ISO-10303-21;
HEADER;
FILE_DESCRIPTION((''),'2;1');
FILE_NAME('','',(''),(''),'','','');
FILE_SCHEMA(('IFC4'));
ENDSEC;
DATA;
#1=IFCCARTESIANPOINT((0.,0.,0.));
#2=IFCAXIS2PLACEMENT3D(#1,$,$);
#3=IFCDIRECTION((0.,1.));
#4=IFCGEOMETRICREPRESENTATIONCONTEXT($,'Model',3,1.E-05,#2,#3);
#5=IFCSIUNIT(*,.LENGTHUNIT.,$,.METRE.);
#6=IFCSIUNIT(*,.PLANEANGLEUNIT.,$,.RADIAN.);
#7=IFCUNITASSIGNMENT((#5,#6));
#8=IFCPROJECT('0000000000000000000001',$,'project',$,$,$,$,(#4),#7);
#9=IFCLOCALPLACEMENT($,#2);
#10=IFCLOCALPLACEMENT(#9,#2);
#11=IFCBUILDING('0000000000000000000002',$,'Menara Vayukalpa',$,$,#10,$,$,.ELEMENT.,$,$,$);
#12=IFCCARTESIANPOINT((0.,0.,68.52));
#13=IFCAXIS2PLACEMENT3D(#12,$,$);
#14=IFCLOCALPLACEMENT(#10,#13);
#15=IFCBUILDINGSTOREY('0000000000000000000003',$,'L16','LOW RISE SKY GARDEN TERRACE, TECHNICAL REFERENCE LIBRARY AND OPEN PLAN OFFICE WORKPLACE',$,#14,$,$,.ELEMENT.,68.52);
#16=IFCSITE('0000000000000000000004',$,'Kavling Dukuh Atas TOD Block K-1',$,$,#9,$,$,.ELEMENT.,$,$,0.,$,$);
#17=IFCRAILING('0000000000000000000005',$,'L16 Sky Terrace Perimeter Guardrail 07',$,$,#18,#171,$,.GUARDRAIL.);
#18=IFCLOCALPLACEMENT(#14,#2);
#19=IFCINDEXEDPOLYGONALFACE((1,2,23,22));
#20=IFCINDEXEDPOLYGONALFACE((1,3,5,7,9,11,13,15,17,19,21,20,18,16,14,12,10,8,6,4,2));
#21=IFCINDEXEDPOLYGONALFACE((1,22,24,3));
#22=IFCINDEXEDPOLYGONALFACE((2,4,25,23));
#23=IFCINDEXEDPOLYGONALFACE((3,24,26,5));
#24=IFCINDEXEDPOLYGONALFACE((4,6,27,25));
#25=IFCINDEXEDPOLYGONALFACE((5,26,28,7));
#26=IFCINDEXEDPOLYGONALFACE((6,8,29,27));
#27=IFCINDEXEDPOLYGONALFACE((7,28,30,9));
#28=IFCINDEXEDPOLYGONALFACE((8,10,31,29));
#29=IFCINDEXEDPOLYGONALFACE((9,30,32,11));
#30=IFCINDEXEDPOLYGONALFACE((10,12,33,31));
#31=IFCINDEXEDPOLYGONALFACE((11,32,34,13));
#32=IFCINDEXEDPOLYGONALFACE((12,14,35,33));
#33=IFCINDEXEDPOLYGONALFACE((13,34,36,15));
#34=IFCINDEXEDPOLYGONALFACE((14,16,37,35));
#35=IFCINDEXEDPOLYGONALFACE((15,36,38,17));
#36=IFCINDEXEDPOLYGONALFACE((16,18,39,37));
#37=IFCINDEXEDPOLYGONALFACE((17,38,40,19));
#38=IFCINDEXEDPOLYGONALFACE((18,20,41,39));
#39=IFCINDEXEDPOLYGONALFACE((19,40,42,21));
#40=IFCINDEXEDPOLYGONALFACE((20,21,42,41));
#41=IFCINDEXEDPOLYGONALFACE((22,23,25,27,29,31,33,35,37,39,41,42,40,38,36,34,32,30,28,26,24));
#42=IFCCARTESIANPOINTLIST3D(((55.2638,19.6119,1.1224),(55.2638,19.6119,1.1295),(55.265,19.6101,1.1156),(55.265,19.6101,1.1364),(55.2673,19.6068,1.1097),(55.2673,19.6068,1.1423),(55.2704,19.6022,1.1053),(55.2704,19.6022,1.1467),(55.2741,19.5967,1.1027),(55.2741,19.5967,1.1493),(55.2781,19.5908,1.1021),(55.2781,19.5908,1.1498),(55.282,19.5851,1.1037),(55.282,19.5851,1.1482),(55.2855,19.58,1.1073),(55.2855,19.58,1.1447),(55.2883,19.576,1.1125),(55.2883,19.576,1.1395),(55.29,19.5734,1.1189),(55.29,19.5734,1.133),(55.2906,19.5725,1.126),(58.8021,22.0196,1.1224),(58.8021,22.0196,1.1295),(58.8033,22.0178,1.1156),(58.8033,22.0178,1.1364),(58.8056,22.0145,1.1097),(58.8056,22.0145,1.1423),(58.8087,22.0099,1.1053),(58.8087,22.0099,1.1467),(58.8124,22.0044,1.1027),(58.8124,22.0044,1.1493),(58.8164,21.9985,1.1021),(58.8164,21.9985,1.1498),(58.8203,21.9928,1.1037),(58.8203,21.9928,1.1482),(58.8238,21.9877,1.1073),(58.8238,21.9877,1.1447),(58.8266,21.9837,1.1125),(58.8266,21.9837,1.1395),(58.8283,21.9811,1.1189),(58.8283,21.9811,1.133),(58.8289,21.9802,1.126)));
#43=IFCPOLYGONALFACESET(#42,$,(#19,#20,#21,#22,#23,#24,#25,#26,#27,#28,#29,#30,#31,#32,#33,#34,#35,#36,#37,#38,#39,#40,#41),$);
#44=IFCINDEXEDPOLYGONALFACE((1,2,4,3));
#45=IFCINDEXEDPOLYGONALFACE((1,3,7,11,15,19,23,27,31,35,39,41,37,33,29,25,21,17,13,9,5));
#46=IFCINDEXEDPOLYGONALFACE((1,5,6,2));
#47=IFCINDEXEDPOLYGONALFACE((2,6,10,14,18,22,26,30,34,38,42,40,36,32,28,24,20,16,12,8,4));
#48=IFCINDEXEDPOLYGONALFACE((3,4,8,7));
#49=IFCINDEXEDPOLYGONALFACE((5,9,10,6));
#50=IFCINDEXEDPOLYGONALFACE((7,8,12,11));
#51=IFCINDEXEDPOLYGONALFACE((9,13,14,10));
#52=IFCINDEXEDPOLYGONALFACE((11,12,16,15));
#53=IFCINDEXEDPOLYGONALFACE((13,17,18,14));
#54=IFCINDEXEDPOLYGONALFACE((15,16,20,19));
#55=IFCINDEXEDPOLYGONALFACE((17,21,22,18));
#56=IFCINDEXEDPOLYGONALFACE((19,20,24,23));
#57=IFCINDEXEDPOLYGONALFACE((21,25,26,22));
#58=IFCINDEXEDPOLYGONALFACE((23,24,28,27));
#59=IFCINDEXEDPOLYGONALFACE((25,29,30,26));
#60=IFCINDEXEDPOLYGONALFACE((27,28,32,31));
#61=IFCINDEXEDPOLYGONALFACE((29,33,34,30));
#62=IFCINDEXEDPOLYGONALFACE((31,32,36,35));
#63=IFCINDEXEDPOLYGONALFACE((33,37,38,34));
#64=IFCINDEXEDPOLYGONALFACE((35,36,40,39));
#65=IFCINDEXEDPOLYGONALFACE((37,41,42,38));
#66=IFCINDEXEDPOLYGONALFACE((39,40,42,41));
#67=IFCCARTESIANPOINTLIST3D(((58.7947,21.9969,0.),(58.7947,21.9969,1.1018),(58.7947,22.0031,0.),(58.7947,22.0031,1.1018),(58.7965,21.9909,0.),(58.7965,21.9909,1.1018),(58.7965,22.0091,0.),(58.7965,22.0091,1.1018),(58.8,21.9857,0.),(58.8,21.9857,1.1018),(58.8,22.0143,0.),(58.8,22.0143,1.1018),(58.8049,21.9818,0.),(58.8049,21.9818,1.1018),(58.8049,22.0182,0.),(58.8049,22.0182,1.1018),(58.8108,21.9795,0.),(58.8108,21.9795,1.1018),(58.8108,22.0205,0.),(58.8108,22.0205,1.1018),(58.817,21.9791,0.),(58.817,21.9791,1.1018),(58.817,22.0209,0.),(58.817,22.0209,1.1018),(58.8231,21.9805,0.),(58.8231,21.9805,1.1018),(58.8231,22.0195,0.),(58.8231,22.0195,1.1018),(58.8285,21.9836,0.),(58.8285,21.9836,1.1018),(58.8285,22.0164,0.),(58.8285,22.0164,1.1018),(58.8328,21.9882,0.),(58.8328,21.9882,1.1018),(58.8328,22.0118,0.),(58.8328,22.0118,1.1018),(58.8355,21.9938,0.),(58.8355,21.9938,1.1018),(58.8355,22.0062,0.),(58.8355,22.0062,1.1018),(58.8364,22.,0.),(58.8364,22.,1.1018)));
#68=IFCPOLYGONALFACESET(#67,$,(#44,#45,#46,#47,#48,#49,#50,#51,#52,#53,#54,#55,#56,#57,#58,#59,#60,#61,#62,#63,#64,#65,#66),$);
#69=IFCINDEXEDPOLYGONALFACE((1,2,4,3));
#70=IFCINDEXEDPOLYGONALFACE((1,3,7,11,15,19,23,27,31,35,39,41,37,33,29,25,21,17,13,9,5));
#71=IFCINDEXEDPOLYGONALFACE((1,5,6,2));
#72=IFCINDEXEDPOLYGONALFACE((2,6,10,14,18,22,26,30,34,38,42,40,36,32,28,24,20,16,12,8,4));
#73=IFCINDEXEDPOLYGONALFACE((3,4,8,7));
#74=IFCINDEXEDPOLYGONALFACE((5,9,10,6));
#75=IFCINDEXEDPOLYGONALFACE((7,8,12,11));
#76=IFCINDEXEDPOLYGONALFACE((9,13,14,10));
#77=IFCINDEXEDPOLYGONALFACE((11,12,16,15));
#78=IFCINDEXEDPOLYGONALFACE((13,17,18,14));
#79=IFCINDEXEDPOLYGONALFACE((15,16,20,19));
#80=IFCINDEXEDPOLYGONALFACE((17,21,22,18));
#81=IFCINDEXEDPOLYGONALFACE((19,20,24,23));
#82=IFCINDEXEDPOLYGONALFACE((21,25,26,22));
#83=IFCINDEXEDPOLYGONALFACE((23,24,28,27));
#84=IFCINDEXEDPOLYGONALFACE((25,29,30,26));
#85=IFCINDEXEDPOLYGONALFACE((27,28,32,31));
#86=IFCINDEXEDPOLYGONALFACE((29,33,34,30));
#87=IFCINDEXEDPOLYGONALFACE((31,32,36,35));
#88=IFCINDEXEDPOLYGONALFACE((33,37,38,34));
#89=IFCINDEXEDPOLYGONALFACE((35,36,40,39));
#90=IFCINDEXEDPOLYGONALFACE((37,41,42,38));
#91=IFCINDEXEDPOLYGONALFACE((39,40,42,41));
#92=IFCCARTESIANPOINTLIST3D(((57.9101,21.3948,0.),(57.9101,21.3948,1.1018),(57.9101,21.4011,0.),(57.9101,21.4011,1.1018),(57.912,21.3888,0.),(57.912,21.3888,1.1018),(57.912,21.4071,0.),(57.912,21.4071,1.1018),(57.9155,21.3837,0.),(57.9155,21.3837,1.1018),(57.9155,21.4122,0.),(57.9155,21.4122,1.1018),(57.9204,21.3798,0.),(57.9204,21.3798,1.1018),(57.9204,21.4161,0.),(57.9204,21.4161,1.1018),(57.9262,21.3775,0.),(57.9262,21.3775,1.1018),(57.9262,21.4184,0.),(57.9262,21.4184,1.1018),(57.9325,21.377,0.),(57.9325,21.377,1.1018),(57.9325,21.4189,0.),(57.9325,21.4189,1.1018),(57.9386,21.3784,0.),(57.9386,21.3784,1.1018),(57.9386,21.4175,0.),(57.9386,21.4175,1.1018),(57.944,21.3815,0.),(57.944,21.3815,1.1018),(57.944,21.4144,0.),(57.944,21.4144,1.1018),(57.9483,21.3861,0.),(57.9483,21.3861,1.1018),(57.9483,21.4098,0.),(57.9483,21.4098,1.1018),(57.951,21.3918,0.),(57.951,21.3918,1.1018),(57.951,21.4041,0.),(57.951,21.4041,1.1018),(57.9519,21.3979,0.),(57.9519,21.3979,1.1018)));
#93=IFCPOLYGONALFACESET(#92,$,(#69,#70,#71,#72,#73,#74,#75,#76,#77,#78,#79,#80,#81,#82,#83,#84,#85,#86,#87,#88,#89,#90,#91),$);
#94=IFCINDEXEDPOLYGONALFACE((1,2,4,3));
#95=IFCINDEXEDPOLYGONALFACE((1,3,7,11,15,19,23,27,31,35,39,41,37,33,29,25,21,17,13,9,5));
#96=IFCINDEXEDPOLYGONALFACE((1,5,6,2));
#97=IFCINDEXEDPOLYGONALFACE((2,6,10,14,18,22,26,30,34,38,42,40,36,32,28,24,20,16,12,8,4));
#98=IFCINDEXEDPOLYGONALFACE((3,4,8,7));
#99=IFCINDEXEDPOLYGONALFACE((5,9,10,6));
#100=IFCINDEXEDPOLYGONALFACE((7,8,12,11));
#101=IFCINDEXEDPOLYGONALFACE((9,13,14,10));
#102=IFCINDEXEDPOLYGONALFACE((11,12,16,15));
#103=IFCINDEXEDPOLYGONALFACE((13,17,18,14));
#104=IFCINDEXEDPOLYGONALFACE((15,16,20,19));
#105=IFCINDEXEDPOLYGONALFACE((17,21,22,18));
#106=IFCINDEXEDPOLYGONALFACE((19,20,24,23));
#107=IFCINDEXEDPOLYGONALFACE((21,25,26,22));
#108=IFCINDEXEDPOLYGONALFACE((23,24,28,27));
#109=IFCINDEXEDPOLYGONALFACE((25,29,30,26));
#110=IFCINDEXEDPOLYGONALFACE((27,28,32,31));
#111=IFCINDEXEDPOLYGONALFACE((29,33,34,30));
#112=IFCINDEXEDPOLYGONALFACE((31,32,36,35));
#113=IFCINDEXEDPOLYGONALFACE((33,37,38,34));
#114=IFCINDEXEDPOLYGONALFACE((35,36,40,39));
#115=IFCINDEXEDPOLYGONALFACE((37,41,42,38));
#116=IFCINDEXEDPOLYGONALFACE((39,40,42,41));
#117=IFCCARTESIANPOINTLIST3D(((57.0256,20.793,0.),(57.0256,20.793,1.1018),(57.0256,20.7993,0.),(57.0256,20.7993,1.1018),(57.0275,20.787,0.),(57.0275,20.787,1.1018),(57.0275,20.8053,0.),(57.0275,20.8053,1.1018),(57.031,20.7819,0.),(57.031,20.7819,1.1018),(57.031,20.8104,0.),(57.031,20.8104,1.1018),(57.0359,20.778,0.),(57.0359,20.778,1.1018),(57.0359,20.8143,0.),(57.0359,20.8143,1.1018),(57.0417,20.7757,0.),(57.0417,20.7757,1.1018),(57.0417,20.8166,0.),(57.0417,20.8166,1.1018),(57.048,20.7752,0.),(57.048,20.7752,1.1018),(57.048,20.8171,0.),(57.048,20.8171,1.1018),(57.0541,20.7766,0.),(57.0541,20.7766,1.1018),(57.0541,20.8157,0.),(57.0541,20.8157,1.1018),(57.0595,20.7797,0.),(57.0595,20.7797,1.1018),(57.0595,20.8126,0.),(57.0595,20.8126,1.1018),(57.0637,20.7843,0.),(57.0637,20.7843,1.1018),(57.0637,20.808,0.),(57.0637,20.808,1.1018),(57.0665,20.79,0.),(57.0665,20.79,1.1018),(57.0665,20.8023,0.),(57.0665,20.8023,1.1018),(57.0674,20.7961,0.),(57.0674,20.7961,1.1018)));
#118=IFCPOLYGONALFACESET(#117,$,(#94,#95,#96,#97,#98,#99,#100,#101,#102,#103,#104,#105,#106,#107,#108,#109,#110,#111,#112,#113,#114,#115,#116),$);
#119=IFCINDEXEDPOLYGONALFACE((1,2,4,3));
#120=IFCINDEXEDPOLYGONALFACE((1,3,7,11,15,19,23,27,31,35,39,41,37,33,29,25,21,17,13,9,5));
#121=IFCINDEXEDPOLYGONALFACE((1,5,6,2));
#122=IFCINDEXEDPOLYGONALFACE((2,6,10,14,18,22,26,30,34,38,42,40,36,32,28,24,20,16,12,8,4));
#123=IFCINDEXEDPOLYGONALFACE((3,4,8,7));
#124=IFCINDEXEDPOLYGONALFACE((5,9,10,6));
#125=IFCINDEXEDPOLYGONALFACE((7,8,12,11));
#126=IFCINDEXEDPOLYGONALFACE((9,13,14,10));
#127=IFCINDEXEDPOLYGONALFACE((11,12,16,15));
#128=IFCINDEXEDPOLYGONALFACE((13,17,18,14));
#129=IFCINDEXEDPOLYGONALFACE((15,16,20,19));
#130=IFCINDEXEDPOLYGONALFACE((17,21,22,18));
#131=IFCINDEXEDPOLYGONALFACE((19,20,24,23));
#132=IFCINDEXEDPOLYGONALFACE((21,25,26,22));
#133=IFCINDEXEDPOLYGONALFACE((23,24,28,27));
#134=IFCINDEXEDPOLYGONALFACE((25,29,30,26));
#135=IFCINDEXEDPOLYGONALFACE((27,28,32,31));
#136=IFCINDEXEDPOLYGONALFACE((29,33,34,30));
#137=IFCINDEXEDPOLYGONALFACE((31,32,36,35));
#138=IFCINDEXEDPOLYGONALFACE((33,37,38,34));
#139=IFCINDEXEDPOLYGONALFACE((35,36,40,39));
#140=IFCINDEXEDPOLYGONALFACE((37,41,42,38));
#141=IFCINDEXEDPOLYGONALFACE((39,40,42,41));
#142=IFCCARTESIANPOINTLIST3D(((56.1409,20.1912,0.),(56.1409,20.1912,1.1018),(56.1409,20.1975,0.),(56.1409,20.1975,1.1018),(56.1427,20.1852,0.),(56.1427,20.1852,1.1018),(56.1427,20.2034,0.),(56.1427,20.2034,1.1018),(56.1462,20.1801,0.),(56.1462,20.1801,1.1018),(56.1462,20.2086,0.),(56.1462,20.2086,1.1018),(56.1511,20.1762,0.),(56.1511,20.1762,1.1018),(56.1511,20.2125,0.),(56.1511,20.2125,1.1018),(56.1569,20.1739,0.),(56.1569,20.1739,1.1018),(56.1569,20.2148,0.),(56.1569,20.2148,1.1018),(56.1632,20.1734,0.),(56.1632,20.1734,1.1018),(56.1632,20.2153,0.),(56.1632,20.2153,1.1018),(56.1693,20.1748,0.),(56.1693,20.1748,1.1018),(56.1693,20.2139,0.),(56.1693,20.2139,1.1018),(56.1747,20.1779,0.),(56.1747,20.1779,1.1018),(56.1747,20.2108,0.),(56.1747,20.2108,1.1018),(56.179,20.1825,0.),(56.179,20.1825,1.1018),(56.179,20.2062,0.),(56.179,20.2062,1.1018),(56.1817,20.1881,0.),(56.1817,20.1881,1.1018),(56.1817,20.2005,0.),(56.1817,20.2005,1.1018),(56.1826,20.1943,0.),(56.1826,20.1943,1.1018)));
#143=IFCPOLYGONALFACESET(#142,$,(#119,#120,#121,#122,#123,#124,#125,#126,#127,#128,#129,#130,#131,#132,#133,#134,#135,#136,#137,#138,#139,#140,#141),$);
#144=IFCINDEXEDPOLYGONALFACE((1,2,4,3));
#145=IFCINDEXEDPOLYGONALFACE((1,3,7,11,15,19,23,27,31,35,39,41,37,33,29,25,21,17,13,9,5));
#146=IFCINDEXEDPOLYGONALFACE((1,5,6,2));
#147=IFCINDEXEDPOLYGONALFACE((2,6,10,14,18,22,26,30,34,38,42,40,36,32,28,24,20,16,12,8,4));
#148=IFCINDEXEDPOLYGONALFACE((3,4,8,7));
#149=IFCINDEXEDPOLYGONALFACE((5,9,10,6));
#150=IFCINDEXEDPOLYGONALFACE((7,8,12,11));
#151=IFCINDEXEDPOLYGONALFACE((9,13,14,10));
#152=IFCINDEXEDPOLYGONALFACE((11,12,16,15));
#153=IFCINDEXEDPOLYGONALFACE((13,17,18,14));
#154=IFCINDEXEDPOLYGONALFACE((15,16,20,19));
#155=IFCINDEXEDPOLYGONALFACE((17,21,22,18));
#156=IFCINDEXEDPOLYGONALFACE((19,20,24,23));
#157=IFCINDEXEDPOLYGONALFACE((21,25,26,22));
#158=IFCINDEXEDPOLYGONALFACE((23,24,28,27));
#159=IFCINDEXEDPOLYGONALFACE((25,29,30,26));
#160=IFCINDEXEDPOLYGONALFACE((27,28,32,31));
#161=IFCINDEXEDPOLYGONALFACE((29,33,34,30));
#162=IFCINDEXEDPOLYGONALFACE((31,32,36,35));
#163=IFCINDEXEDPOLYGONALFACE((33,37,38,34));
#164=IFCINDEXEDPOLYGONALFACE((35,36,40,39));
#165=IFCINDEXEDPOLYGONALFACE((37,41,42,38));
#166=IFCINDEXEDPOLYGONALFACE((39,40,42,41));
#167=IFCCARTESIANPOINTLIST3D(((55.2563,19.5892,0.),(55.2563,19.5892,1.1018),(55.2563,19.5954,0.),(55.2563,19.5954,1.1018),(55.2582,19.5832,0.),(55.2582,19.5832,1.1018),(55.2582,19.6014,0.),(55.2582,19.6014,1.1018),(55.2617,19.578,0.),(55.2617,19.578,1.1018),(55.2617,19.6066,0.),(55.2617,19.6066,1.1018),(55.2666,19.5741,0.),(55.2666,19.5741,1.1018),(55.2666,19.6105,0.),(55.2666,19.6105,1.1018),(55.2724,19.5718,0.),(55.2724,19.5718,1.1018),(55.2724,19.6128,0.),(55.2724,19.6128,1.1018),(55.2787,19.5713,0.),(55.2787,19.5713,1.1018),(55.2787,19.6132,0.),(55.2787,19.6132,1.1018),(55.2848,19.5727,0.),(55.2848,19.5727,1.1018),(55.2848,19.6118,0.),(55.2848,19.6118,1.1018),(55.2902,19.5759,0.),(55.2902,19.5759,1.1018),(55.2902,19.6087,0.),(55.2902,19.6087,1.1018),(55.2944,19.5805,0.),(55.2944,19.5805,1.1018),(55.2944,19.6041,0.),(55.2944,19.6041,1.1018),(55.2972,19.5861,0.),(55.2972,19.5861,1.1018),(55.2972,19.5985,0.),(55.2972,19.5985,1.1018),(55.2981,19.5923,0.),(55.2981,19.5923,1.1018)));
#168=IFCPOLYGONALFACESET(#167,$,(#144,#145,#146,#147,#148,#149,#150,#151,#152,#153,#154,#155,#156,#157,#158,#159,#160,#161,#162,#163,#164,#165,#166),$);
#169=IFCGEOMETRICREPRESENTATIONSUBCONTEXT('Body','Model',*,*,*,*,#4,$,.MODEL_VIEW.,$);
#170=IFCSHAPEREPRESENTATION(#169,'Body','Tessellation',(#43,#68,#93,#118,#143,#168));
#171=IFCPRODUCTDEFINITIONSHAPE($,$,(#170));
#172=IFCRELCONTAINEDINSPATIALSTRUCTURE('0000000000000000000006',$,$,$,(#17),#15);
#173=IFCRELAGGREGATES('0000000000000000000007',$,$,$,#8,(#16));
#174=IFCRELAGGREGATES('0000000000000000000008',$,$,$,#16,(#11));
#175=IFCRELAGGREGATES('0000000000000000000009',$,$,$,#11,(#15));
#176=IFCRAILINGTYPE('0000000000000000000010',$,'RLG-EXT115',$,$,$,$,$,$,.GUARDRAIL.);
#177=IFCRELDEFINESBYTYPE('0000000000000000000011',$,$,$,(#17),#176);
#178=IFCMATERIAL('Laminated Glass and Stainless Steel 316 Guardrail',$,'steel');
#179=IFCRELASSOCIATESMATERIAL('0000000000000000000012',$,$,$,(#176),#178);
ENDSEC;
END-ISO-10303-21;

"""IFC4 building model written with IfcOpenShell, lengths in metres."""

from ifc_helpers import new_model, si_unit, direction, frame, origin, origin_2d, place, context, subcontext, project, spatial, circle, extrude, material, type_object, element, save


model = new_model("IFC4")

# Units and contexts
model_context = context("Model", 3, precision=1e-05, world=origin(), true_north=direction((0.0, 1.0)))
body_context = subcontext(model_context, "Body", "Model", "MODEL_VIEW")
ifc_project = project(units=[si_unit("LENGTHUNIT", "METRE"), si_unit("PLANEANGLEUNIT", "RADIAN")], contexts=[model_context])

# Site, building, storey
site_placement = place(None, origin())
site = spatial("IfcSite", under=ifc_project, at=site_placement, Name="Kavling Dukuh Atas TOD Block K-1", CompositionType="ELEMENT", RefElevation=0.0)
building_placement = place(site_placement, origin())
building = spatial("IfcBuilding", under=site, at=building_placement, Name="Menara Vayukalpa", CompositionType="ELEMENT")
storey_placement = place(building_placement, frame((0.0, 0.0, 68.52)))
storey = spatial("IfcBuildingStorey", under=building, at=storey_placement, Name="L16", Description="LOW RISE SKY GARDEN TERRACE, TECHNICAL REFERENCE LIBRARY AND OPEN PLAN OFFICE WORKPLACE", CompositionType="ELEMENT", Elevation=68.52)

# Railing
ifc_material_1 = material(Name="Laminated Glass and Stainless Steel 316 Guardrail", Category="steel")
railing_type = type_object("IfcRailingType", Name="RLG-EXT115", PredefinedType="GUARDRAIL", material=ifc_material_1)
railing_1_placement = place(storey_placement, frame((58.8154, 22.0, 0.0)))
element("IfcRailing", 1, at=railing_1_placement, inside=storey, type_object=railing_type, Name="L16 Sky Terrace Perimeter Guardrail 07", PredefinedType="GUARDRAIL", context=body_context, shape_type="SweptSolid", body=[
    extrude(circle(Radius=0.0239, at=origin_2d()), frame((0.0, 0.0, 1.126), z_axis=(-0.826747, -0.562574, 0.0), x_axis=(0.562574, -0.826747, 0.0)), (0.0, 0.0, 1.0), 4.2798),
    extrude(circle(Radius=0.021, at=origin_2d()), origin(), (0.0, 0.0, 1.0), 1.1018),
    extrude(circle(Radius=0.021, at=origin_2d()), frame((-0.8845, -0.6021, 0.0)), (0.0, 0.0, 1.0), 1.1018),
    extrude(circle(Radius=0.021, at=origin_2d()), frame((-1.769, -1.2039, 0.0)), (0.0, 0.0, 1.0), 1.1018),
    extrude(circle(Radius=0.021, at=origin_2d()), frame((-2.6538, -1.8057, 0.0)), (0.0, 0.0, 1.0), 1.1018),
    extrude(circle(Radius=0.021, at=origin_2d()), frame((-3.5383, -2.4077, 0.0)), (0.0, 0.0, 1.0), 1.1018),
])

save(model, "model.ifc")
